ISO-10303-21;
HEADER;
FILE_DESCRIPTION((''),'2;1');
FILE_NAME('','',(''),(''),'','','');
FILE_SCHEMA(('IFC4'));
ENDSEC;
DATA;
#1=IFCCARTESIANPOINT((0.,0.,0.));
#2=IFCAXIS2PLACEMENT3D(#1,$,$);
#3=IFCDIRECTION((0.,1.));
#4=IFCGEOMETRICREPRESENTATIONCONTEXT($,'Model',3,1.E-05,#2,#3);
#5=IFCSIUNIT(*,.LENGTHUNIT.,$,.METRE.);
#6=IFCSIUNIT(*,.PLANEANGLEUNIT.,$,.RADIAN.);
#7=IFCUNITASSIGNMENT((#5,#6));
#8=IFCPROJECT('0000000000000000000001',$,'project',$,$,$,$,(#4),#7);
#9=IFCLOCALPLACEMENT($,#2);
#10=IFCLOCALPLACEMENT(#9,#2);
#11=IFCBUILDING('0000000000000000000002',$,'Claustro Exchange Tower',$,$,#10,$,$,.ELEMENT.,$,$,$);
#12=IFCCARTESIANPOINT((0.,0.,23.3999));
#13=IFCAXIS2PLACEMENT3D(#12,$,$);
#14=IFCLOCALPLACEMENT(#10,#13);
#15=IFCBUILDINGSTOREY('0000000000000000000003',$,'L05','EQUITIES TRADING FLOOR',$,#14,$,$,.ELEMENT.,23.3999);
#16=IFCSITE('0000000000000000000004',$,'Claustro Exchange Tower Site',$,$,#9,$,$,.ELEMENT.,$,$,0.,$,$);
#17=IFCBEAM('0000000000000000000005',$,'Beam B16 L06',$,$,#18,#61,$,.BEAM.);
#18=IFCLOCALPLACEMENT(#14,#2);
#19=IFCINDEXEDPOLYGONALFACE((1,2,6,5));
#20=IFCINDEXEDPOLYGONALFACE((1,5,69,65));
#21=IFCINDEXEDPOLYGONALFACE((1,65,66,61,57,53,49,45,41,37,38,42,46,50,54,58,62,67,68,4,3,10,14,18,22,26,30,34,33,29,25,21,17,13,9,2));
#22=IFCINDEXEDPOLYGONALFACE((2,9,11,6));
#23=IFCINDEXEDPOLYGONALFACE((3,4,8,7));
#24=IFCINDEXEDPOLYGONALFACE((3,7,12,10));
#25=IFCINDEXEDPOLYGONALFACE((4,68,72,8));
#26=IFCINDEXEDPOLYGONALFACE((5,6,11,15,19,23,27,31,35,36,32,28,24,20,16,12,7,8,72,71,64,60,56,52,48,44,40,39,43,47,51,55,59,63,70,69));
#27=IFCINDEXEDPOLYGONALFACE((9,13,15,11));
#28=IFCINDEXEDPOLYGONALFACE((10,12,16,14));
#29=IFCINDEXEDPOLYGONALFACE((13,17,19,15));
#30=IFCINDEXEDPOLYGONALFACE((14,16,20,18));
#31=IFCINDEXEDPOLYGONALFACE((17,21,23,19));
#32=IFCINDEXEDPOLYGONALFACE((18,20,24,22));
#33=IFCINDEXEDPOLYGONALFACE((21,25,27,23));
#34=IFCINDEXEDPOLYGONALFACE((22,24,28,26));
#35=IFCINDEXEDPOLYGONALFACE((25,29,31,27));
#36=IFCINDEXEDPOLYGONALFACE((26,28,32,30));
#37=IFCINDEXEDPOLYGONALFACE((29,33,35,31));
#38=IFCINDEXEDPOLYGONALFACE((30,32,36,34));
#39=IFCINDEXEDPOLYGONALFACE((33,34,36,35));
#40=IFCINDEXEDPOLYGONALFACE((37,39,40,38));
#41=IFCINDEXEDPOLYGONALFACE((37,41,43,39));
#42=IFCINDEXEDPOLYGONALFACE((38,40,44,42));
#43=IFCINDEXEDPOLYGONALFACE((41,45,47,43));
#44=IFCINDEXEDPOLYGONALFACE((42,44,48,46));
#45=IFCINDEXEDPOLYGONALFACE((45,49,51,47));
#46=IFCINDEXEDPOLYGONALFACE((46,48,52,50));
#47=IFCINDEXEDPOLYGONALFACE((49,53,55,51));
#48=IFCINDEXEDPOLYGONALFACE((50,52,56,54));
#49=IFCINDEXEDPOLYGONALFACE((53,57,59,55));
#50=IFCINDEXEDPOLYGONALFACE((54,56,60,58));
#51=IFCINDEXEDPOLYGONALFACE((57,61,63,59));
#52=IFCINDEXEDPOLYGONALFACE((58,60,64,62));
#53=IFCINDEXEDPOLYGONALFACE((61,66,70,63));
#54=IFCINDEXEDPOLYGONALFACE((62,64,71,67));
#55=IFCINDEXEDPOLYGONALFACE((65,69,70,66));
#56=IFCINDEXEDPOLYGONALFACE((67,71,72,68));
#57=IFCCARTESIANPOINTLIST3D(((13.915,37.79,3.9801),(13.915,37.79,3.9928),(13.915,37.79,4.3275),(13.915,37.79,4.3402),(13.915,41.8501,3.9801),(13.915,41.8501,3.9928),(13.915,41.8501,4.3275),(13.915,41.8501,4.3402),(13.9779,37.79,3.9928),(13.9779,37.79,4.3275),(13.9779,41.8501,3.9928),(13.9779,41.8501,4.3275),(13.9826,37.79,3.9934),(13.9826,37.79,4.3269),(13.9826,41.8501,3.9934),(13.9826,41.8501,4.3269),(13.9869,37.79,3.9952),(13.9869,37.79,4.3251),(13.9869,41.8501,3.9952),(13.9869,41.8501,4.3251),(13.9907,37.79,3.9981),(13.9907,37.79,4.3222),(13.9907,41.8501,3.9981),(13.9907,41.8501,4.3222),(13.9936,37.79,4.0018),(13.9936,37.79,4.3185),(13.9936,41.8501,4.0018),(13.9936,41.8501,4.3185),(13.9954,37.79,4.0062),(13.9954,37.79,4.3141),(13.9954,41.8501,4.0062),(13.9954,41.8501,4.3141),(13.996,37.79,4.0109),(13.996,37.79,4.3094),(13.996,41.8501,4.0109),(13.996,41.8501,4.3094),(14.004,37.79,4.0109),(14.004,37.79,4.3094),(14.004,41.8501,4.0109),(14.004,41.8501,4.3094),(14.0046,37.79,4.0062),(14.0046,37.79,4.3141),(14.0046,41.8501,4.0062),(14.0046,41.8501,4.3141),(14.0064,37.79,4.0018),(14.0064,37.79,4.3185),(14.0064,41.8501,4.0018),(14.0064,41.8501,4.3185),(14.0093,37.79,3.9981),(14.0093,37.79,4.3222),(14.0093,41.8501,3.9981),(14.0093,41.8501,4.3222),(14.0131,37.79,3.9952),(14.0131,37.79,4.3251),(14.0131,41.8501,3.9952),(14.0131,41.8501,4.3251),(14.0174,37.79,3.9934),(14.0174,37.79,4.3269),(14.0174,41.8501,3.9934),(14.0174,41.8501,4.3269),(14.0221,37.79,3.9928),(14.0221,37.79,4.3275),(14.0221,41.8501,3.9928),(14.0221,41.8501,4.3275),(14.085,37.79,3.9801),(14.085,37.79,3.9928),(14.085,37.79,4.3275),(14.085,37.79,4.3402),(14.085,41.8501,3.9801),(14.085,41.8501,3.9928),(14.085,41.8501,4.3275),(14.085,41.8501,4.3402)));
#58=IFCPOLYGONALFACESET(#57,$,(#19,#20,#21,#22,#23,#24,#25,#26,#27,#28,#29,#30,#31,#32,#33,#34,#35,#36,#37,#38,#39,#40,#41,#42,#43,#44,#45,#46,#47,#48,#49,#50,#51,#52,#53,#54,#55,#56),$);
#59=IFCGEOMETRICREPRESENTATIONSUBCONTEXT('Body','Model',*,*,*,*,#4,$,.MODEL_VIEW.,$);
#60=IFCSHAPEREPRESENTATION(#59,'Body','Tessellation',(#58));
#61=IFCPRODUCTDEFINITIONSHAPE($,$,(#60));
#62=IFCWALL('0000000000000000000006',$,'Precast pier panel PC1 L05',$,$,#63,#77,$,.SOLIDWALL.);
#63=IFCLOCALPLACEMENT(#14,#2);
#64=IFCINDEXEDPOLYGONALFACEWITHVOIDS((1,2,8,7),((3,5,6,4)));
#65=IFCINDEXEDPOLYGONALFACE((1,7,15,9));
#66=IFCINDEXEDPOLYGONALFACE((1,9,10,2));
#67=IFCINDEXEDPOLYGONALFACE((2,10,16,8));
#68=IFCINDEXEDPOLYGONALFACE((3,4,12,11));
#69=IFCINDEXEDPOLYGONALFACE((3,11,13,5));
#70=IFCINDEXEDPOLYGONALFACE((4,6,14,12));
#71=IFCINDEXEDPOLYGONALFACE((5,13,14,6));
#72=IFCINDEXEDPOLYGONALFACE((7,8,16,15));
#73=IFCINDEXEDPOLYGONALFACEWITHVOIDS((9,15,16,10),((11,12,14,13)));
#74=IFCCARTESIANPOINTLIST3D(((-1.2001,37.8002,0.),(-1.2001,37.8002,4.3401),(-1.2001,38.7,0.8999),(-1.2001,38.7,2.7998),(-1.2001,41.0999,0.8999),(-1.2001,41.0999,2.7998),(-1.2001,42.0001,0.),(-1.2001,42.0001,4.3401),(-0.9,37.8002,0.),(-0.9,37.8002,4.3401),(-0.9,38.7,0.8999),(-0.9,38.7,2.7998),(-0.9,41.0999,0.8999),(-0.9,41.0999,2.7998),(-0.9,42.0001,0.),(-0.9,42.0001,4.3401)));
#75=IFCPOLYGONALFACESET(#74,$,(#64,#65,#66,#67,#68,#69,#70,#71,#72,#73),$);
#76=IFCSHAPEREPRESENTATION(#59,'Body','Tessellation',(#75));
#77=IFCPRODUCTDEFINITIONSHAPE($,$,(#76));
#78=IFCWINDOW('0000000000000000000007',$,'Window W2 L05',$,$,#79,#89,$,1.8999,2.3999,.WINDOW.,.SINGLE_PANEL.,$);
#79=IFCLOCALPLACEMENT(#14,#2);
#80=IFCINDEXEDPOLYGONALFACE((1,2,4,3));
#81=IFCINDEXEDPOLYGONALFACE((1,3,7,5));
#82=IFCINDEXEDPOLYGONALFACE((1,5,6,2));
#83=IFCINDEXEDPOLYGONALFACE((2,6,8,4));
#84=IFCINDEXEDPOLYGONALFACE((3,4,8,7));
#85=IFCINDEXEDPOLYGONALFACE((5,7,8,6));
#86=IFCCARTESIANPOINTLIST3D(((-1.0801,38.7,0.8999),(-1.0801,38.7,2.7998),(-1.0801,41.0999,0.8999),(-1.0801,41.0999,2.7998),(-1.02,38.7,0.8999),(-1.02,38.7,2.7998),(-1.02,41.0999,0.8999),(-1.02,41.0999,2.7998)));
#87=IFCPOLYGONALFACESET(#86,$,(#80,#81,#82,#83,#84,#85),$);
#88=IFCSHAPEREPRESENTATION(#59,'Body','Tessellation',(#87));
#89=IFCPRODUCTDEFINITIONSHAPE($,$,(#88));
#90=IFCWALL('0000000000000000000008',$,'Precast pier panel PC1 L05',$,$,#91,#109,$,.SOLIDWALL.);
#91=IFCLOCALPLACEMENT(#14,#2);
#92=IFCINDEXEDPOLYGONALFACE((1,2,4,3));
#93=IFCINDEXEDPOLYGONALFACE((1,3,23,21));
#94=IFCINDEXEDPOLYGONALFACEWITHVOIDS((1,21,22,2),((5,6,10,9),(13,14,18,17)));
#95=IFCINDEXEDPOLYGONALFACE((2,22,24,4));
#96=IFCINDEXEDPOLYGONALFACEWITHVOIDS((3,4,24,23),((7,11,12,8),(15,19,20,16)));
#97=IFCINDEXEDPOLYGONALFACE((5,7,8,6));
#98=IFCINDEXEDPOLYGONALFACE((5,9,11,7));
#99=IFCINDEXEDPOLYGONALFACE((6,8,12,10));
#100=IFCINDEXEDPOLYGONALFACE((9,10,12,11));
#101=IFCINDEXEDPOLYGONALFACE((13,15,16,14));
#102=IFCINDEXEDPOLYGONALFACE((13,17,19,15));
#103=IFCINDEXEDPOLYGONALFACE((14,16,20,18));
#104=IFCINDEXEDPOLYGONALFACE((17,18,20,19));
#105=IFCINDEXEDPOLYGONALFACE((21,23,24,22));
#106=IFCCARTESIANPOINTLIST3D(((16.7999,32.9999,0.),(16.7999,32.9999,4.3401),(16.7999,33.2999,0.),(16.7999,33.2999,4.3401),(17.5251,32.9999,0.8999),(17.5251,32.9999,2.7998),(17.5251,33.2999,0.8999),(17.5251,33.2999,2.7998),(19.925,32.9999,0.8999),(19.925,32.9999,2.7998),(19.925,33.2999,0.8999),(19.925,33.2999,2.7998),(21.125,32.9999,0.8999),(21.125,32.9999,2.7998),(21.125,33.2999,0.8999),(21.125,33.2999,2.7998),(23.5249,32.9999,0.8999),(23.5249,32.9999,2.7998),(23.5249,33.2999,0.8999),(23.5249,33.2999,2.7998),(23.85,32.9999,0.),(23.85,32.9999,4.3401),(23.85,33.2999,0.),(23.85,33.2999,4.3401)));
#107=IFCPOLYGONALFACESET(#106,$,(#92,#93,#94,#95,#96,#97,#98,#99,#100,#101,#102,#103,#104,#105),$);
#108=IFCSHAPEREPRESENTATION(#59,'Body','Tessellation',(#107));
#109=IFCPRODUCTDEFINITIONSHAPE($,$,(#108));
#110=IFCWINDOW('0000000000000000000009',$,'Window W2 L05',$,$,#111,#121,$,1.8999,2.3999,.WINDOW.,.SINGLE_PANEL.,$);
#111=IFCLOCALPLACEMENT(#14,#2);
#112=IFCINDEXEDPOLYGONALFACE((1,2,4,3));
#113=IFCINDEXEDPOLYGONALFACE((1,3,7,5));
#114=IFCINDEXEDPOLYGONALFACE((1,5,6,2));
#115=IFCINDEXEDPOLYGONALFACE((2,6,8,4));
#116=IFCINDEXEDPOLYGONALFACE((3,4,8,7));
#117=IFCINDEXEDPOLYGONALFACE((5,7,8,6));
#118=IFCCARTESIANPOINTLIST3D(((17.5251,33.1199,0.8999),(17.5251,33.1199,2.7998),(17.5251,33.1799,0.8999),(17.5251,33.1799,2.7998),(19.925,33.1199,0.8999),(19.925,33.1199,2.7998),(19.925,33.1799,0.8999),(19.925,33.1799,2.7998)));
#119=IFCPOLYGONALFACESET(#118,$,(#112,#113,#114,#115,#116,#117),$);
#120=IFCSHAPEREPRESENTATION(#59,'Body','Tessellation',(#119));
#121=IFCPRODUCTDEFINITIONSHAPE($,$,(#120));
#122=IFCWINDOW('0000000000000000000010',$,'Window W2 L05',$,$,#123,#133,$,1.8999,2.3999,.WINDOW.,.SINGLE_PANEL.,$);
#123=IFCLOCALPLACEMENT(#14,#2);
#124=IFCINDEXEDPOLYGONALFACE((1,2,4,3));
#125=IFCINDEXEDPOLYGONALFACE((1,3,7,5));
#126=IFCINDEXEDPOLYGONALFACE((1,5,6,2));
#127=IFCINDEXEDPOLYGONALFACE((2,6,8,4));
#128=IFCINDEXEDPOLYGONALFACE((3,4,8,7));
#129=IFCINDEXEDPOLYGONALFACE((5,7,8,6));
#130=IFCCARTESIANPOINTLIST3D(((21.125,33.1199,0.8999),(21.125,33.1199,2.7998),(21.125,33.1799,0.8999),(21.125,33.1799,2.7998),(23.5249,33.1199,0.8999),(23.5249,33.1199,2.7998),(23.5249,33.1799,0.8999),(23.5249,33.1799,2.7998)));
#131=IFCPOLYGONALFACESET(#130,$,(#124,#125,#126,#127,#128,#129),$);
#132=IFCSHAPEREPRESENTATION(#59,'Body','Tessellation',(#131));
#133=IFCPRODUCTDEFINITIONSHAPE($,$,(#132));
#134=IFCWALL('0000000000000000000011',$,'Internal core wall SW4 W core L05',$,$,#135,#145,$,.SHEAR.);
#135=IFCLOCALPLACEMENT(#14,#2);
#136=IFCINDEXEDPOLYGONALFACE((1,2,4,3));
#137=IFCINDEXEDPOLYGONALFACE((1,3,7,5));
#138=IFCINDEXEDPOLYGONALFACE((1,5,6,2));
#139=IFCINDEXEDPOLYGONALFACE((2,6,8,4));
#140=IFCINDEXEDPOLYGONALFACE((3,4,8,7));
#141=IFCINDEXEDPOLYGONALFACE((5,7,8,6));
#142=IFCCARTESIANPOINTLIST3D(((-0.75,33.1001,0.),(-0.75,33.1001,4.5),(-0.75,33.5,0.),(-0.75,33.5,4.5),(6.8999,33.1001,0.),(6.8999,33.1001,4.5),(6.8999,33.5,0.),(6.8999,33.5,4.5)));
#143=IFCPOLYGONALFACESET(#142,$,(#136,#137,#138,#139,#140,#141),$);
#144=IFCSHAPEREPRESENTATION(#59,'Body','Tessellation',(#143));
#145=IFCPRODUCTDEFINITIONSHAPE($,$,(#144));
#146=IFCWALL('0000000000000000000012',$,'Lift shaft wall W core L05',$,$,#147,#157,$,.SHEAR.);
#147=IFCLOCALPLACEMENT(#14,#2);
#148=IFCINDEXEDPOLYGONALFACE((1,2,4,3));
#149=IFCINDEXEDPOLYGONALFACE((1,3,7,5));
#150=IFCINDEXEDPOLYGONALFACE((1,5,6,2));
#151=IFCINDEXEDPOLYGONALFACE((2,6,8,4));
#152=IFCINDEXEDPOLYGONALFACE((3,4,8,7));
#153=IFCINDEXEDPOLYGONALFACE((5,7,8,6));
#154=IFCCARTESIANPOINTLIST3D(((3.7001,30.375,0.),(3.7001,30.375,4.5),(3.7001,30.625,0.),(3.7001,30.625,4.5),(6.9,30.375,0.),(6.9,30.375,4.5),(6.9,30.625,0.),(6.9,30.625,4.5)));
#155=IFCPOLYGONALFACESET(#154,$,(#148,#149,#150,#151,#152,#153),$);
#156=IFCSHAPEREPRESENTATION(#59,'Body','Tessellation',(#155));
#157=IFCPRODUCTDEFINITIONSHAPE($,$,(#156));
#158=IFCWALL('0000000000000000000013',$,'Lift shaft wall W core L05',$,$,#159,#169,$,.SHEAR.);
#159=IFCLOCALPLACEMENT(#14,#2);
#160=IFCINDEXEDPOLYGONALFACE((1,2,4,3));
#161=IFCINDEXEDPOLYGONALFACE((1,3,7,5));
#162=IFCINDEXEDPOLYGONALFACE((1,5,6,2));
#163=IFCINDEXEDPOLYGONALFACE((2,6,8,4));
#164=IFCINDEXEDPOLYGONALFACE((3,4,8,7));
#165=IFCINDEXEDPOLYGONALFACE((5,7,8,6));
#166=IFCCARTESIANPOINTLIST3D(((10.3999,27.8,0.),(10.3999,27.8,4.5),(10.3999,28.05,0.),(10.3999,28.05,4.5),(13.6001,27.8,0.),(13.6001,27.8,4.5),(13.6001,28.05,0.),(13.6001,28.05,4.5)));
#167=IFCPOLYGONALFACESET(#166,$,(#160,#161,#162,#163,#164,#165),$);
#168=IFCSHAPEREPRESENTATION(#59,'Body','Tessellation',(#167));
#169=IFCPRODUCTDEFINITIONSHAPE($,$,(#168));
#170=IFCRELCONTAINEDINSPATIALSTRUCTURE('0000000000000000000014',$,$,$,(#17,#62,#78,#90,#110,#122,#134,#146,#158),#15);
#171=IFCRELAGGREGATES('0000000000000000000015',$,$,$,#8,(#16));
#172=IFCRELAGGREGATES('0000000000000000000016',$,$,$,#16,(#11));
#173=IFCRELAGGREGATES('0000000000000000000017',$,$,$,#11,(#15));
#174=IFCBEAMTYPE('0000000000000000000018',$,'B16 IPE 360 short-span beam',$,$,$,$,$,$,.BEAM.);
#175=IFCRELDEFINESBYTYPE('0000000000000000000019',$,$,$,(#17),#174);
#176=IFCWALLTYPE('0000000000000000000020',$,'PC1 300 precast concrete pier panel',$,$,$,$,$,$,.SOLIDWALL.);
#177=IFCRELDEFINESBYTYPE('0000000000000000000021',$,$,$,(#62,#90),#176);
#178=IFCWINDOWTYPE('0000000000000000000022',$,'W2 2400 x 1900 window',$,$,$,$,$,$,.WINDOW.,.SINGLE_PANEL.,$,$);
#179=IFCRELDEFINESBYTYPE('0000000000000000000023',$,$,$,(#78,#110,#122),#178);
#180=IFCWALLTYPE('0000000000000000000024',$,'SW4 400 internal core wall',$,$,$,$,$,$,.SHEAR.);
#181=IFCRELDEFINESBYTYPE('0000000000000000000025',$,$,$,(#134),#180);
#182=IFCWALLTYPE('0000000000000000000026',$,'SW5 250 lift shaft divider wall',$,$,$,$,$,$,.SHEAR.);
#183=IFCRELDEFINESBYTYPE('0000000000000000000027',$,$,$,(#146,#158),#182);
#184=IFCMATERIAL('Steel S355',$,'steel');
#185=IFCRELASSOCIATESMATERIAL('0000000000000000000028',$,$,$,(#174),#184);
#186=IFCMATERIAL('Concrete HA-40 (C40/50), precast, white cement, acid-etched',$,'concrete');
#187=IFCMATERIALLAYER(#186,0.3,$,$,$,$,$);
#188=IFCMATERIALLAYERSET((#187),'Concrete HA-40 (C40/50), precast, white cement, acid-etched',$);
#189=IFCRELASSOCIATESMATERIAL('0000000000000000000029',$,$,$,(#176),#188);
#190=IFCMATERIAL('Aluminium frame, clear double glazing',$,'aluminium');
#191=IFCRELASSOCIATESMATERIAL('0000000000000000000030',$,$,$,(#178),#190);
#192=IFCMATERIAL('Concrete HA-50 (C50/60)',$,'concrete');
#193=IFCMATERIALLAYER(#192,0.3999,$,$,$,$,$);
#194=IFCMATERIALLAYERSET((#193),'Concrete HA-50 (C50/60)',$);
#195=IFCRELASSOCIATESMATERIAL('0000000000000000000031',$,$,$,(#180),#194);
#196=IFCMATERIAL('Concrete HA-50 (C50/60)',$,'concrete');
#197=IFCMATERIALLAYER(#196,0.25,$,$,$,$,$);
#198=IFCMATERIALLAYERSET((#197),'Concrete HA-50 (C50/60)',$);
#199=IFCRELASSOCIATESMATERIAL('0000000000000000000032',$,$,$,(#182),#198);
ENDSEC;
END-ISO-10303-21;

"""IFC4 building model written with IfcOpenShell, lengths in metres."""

from ifc_helpers import new_model, si_unit, direction, frame, frame_2d, origin, origin_2d, place, context, subcontext, project, spatial, rectangle, i_section, extrude, material, layer, layer_set, material_profile, profile_set, type_object, element, fill, save


model = new_model("IFC4")

# Units and contexts
model_context = context("Model", 3, precision=1e-05, world=origin(), true_north=direction((0.0, 1.0)))
body_context = subcontext(model_context, "Body", "Model", "MODEL_VIEW")
ifc_project = project(units=[si_unit("LENGTHUNIT", "METRE"), si_unit("PLANEANGLEUNIT", "RADIAN")], contexts=[model_context])

# Site, building, storey
site_placement = place(None, origin())
site = spatial("IfcSite", under=ifc_project, at=site_placement, Name="Claustro Exchange Tower Site", CompositionType="ELEMENT", RefElevation=0.0)
building_placement = place(site_placement, origin())
building = spatial("IfcBuilding", under=site, at=building_placement, Name="Claustro Exchange Tower", CompositionType="ELEMENT")
storey_placement = place(building_placement, frame((0.0, 0.0, 23.3999)))
storey = spatial("IfcBuildingStorey", under=building, at=storey_placement, Name="L05", Description="EQUITIES TRADING FLOOR", CompositionType="ELEMENT", Elevation=23.3999)

# Beam
ifc_material_1 = material(Name="Steel S355", Category="steel")
ifc_material_profile_1 = material_profile(ifc_material_1, i_section(OverallWidth=0.1699, OverallDepth=0.3601, WebThickness=0.0081, FlangeThickness=0.0127, FilletRadius=0.0181, at=origin_2d()), Name="IPE 360")
ifc_profile_set_1 = profile_set([ifc_material_profile_1], Name="Steel S355")
beam_type_1 = type_object("IfcBeamType", Name="B16 IPE 360 short-span beam", PredefinedType="BEAM", material=ifc_profile_set_1)
for number, where, z_axis, x_axis, name in (
    (1, (14.0, 37.79, 4.1602), (0.0, 1.0, 0.0), (-1.0, 0.0, 0.0), "Beam B16 L06"),
):
    element("IfcBeam", number, at=place(storey_placement, frame(where, z_axis=z_axis, x_axis=x_axis)), inside=storey, type_object=beam_type_1, Name=name, PredefinedType="BEAM", context=body_context, shape_type="SweptSolid", body=[
        extrude(i_section(OverallWidth=0.1699, OverallDepth=0.3601, WebThickness=0.0081, FlangeThickness=0.0127, FilletRadius=0.0181, at=origin_2d()), origin(), (0.0, 0.0, 1.0), 4.0601),
    ])

# Wall, opening, window
ifc_material_2 = material(Name="Concrete HA-40 (C40/50), precast, white cement, acid-etched", Category="concrete")
ifc_layer_1 = layer(ifc_material_2, 0.3)
ifc_layer_set_1 = layer_set([ifc_layer_1], Name="Concrete HA-40 (C40/50), precast, white cement, acid-etched")
wall_type_1 = type_object("IfcWallType", Name="PC1 300 precast concrete pier panel", PredefinedType="SOLIDWALL", material=ifc_layer_set_1)
wall_1_placement = place(storey_placement, frame((-1.05, 37.8, 0.0), z_axis=(0.0, 0.0, 1.0), x_axis=(0.0, 1.0, 0.0)))
wall_1 = element("IfcWall", 2, at=wall_1_placement, inside=storey, type_object=wall_type_1, Name="Precast pier panel PC1 L05", PredefinedType="SOLIDWALL", context=body_context, shape_type="SweptSolid", body=[
    extrude(rectangle(XDim=4.2, YDim=0.3, at=frame_2d((2.1001, 0.0))), origin(), (0.0, 0.0, 1.0), 4.3401),
])
opening_1_placement = place(wall_1_placement, frame((0.8999, 0.0, 0.8999)))
opening_1 = element("IfcOpeningElement", 3, at=opening_1_placement, cuts=wall_1, PredefinedType="OPENING", context=body_context, shape_type="SweptSolid", body=[
    extrude(rectangle(XDim=2.3999, YDim=1.8999, at=frame_2d((1.2, 0.95))), frame((0.0, 0.1599, 0.0), z_axis=(0.0, -1.0, 0.0), x_axis=(1.0, 0.0, 0.0)), (0.0, 0.0, 1.0), 0.3201),
])
ifc_material_3 = material(Name="Aluminium frame, clear double glazing", Category="aluminium")
window_type = type_object("IfcWindowType", Name="W2 2400 x 1900 window", PartitioningType="SINGLE_PANEL", PredefinedType="WINDOW", material=ifc_material_3)
window_1_placement = place(opening_1_placement, origin())
window_1 = element("IfcWindow", 4, at=window_1_placement, inside=storey, type_object=window_type, Name="Window W2 L05", OverallHeight=1.8999, OverallWidth=2.3999, PartitioningType="SINGLE_PANEL", PredefinedType="WINDOW", context=body_context, shape_type="SweptSolid", body=[
    extrude(rectangle(XDim=2.3999, YDim=1.8999, at=frame_2d((1.2, 0.95))), frame((0.0, 0.03, 0.0), z_axis=(0.0, -1.0, 0.0), x_axis=(1.0, 0.0, 0.0)), (0.0, 0.0, 1.0), 0.0601),
])
fill(opening_1, window_1)

# Wall, openings, windows
wall_2_placement = place(storey_placement, frame((16.8, 33.1499, 0.0), z_axis=(0.0, 0.0, 1.0), x_axis=(1.0, 0.0, 0.0)))
wall_2 = element("IfcWall", 5, at=wall_2_placement, inside=storey, type_object=wall_type_1, Name="Precast pier panel PC1 L05", PredefinedType="SOLIDWALL", context=body_context, shape_type="SweptSolid", body=[
    extrude(rectangle(XDim=7.05, YDim=0.3, at=frame_2d((3.5249, 0.0))), origin(), (0.0, 0.0, 1.0), 4.3401),
])
opening_2_placement = place(wall_2_placement, frame((0.7251, 0.0, 0.8999)))
opening_2 = element("IfcOpeningElement", 6, at=opening_2_placement, cuts=wall_2, PredefinedType="OPENING", context=body_context, shape_type="SweptSolid", body=[
    extrude(rectangle(XDim=2.3999, YDim=1.8999, at=frame_2d((1.2, 0.95))), frame((0.0, 0.1599, 0.0), z_axis=(0.0, -1.0, 0.0), x_axis=(1.0, 0.0, 0.0)), (0.0, 0.0, 1.0), 0.3201),
])
opening_3_placement = place(wall_2_placement, frame((4.325, 0.0, 0.8999)))
opening_3 = element("IfcOpeningElement", 7, at=opening_3_placement, cuts=wall_2, PredefinedType="OPENING", context=body_context, shape_type="SweptSolid", body=[
    extrude(rectangle(XDim=2.3999, YDim=1.8999, at=frame_2d((1.2, 0.95))), frame((0.0, 0.1599, 0.0), z_axis=(0.0, -1.0, 0.0), x_axis=(1.0, 0.0, 0.0)), (0.0, 0.0, 1.0), 0.3201),
])
window_2_placement = place(opening_2_placement, origin())
window_2 = element("IfcWindow", 8, at=window_2_placement, inside=storey, type_object=window_type, Name="Window W2 L05", OverallHeight=1.8999, OverallWidth=2.3999, PartitioningType="SINGLE_PANEL", PredefinedType="WINDOW", context=body_context, shape_type="SweptSolid", body=[
    extrude(rectangle(XDim=2.3999, YDim=1.8999, at=frame_2d((1.2, 0.95))), frame((0.0, 0.03, 0.0), z_axis=(0.0, -1.0, 0.0), x_axis=(1.0, 0.0, 0.0)), (0.0, 0.0, 1.0), 0.0601),
])
fill(opening_2, window_2)
window_3_placement = place(opening_3_placement, origin())
window_3 = element("IfcWindow", 9, at=window_3_placement, inside=storey, type_object=window_type, Name="Window W2 L05", OverallHeight=1.8999, OverallWidth=2.3999, PartitioningType="SINGLE_PANEL", PredefinedType="WINDOW", context=body_context, shape_type="SweptSolid", body=[
    extrude(rectangle(XDim=2.3999, YDim=1.8999, at=frame_2d((1.2, 0.95))), frame((0.0, 0.03, 0.0), z_axis=(0.0, -1.0, 0.0), x_axis=(1.0, 0.0, 0.0)), (0.0, 0.0, 1.0), 0.0601),
])
fill(opening_3, window_3)

# Walls
ifc_material_4 = material(Name="Concrete HA-50 (C50/60)", Category="concrete")
ifc_layer_2 = layer(ifc_material_4, 0.3999)
ifc_layer_set_2 = layer_set([ifc_layer_2], Name="Concrete HA-50 (C50/60)")
wall_type_2 = type_object("IfcWallType", Name="SW4 400 internal core wall", PredefinedType="SHEAR", material=ifc_layer_set_2)
wall_3_placement = place(storey_placement, frame((-0.75, 33.3, 0.0), z_axis=(0.0, 0.0, 1.0), x_axis=(1.0, 0.0, 0.0)))
element("IfcWall", 10, at=wall_3_placement, inside=storey, type_object=wall_type_2, Name="Internal core wall SW4 W core L05", PredefinedType="SHEAR", context=body_context, shape_type="SweptSolid", body=[
    extrude(rectangle(XDim=7.6499, YDim=0.3999, at=frame_2d((3.825, 0.0))), origin(), (0.0, 0.0, 1.0), 4.5),
])
ifc_material_5 = material(Name="Concrete HA-50 (C50/60)", Category="concrete")
ifc_layer_3 = layer(ifc_material_5, 0.25)
ifc_layer_set_3 = layer_set([ifc_layer_3], Name="Concrete HA-50 (C50/60)")
wall_type_3 = type_object("IfcWallType", Name="SW5 250 lift shaft divider wall", PredefinedType="SHEAR", material=ifc_layer_set_3)
wall_4_placement = place(storey_placement, frame((3.7, 30.5, 0.0), z_axis=(0.0, 0.0, 1.0), x_axis=(1.0, 0.0, 0.0)))
element("IfcWall", 11, at=wall_4_placement, inside=storey, type_object=wall_type_3, Name="Lift shaft wall W core L05", PredefinedType="SHEAR", context=body_context, shape_type="SweptSolid", body=[
    extrude(rectangle(XDim=3.2, YDim=0.25, at=frame_2d((1.6001, 0.0))), origin(), (0.0, 0.0, 1.0), 4.5),
])
for number, where, z_axis, x_axis, name in (
    (12, (10.3999, 27.925, 0.0), (0.0, 0.0, 1.0), (1.0, 0.0, 0.0), "Lift shaft wall W core L05"),
):
    element("IfcWall", number, at=place(storey_placement, frame(where, z_axis=z_axis, x_axis=x_axis)), inside=storey, type_object=wall_type_3, Name=name, PredefinedType="SHEAR", context=body_context, shape_type="SweptSolid", body=[
        extrude(rectangle(XDim=3.2002, YDim=0.25, at=frame_2d((1.6001, 0.0))), origin(), (0.0, 0.0, 1.0), 4.5),
    ])

save(model, "model.ifc")
